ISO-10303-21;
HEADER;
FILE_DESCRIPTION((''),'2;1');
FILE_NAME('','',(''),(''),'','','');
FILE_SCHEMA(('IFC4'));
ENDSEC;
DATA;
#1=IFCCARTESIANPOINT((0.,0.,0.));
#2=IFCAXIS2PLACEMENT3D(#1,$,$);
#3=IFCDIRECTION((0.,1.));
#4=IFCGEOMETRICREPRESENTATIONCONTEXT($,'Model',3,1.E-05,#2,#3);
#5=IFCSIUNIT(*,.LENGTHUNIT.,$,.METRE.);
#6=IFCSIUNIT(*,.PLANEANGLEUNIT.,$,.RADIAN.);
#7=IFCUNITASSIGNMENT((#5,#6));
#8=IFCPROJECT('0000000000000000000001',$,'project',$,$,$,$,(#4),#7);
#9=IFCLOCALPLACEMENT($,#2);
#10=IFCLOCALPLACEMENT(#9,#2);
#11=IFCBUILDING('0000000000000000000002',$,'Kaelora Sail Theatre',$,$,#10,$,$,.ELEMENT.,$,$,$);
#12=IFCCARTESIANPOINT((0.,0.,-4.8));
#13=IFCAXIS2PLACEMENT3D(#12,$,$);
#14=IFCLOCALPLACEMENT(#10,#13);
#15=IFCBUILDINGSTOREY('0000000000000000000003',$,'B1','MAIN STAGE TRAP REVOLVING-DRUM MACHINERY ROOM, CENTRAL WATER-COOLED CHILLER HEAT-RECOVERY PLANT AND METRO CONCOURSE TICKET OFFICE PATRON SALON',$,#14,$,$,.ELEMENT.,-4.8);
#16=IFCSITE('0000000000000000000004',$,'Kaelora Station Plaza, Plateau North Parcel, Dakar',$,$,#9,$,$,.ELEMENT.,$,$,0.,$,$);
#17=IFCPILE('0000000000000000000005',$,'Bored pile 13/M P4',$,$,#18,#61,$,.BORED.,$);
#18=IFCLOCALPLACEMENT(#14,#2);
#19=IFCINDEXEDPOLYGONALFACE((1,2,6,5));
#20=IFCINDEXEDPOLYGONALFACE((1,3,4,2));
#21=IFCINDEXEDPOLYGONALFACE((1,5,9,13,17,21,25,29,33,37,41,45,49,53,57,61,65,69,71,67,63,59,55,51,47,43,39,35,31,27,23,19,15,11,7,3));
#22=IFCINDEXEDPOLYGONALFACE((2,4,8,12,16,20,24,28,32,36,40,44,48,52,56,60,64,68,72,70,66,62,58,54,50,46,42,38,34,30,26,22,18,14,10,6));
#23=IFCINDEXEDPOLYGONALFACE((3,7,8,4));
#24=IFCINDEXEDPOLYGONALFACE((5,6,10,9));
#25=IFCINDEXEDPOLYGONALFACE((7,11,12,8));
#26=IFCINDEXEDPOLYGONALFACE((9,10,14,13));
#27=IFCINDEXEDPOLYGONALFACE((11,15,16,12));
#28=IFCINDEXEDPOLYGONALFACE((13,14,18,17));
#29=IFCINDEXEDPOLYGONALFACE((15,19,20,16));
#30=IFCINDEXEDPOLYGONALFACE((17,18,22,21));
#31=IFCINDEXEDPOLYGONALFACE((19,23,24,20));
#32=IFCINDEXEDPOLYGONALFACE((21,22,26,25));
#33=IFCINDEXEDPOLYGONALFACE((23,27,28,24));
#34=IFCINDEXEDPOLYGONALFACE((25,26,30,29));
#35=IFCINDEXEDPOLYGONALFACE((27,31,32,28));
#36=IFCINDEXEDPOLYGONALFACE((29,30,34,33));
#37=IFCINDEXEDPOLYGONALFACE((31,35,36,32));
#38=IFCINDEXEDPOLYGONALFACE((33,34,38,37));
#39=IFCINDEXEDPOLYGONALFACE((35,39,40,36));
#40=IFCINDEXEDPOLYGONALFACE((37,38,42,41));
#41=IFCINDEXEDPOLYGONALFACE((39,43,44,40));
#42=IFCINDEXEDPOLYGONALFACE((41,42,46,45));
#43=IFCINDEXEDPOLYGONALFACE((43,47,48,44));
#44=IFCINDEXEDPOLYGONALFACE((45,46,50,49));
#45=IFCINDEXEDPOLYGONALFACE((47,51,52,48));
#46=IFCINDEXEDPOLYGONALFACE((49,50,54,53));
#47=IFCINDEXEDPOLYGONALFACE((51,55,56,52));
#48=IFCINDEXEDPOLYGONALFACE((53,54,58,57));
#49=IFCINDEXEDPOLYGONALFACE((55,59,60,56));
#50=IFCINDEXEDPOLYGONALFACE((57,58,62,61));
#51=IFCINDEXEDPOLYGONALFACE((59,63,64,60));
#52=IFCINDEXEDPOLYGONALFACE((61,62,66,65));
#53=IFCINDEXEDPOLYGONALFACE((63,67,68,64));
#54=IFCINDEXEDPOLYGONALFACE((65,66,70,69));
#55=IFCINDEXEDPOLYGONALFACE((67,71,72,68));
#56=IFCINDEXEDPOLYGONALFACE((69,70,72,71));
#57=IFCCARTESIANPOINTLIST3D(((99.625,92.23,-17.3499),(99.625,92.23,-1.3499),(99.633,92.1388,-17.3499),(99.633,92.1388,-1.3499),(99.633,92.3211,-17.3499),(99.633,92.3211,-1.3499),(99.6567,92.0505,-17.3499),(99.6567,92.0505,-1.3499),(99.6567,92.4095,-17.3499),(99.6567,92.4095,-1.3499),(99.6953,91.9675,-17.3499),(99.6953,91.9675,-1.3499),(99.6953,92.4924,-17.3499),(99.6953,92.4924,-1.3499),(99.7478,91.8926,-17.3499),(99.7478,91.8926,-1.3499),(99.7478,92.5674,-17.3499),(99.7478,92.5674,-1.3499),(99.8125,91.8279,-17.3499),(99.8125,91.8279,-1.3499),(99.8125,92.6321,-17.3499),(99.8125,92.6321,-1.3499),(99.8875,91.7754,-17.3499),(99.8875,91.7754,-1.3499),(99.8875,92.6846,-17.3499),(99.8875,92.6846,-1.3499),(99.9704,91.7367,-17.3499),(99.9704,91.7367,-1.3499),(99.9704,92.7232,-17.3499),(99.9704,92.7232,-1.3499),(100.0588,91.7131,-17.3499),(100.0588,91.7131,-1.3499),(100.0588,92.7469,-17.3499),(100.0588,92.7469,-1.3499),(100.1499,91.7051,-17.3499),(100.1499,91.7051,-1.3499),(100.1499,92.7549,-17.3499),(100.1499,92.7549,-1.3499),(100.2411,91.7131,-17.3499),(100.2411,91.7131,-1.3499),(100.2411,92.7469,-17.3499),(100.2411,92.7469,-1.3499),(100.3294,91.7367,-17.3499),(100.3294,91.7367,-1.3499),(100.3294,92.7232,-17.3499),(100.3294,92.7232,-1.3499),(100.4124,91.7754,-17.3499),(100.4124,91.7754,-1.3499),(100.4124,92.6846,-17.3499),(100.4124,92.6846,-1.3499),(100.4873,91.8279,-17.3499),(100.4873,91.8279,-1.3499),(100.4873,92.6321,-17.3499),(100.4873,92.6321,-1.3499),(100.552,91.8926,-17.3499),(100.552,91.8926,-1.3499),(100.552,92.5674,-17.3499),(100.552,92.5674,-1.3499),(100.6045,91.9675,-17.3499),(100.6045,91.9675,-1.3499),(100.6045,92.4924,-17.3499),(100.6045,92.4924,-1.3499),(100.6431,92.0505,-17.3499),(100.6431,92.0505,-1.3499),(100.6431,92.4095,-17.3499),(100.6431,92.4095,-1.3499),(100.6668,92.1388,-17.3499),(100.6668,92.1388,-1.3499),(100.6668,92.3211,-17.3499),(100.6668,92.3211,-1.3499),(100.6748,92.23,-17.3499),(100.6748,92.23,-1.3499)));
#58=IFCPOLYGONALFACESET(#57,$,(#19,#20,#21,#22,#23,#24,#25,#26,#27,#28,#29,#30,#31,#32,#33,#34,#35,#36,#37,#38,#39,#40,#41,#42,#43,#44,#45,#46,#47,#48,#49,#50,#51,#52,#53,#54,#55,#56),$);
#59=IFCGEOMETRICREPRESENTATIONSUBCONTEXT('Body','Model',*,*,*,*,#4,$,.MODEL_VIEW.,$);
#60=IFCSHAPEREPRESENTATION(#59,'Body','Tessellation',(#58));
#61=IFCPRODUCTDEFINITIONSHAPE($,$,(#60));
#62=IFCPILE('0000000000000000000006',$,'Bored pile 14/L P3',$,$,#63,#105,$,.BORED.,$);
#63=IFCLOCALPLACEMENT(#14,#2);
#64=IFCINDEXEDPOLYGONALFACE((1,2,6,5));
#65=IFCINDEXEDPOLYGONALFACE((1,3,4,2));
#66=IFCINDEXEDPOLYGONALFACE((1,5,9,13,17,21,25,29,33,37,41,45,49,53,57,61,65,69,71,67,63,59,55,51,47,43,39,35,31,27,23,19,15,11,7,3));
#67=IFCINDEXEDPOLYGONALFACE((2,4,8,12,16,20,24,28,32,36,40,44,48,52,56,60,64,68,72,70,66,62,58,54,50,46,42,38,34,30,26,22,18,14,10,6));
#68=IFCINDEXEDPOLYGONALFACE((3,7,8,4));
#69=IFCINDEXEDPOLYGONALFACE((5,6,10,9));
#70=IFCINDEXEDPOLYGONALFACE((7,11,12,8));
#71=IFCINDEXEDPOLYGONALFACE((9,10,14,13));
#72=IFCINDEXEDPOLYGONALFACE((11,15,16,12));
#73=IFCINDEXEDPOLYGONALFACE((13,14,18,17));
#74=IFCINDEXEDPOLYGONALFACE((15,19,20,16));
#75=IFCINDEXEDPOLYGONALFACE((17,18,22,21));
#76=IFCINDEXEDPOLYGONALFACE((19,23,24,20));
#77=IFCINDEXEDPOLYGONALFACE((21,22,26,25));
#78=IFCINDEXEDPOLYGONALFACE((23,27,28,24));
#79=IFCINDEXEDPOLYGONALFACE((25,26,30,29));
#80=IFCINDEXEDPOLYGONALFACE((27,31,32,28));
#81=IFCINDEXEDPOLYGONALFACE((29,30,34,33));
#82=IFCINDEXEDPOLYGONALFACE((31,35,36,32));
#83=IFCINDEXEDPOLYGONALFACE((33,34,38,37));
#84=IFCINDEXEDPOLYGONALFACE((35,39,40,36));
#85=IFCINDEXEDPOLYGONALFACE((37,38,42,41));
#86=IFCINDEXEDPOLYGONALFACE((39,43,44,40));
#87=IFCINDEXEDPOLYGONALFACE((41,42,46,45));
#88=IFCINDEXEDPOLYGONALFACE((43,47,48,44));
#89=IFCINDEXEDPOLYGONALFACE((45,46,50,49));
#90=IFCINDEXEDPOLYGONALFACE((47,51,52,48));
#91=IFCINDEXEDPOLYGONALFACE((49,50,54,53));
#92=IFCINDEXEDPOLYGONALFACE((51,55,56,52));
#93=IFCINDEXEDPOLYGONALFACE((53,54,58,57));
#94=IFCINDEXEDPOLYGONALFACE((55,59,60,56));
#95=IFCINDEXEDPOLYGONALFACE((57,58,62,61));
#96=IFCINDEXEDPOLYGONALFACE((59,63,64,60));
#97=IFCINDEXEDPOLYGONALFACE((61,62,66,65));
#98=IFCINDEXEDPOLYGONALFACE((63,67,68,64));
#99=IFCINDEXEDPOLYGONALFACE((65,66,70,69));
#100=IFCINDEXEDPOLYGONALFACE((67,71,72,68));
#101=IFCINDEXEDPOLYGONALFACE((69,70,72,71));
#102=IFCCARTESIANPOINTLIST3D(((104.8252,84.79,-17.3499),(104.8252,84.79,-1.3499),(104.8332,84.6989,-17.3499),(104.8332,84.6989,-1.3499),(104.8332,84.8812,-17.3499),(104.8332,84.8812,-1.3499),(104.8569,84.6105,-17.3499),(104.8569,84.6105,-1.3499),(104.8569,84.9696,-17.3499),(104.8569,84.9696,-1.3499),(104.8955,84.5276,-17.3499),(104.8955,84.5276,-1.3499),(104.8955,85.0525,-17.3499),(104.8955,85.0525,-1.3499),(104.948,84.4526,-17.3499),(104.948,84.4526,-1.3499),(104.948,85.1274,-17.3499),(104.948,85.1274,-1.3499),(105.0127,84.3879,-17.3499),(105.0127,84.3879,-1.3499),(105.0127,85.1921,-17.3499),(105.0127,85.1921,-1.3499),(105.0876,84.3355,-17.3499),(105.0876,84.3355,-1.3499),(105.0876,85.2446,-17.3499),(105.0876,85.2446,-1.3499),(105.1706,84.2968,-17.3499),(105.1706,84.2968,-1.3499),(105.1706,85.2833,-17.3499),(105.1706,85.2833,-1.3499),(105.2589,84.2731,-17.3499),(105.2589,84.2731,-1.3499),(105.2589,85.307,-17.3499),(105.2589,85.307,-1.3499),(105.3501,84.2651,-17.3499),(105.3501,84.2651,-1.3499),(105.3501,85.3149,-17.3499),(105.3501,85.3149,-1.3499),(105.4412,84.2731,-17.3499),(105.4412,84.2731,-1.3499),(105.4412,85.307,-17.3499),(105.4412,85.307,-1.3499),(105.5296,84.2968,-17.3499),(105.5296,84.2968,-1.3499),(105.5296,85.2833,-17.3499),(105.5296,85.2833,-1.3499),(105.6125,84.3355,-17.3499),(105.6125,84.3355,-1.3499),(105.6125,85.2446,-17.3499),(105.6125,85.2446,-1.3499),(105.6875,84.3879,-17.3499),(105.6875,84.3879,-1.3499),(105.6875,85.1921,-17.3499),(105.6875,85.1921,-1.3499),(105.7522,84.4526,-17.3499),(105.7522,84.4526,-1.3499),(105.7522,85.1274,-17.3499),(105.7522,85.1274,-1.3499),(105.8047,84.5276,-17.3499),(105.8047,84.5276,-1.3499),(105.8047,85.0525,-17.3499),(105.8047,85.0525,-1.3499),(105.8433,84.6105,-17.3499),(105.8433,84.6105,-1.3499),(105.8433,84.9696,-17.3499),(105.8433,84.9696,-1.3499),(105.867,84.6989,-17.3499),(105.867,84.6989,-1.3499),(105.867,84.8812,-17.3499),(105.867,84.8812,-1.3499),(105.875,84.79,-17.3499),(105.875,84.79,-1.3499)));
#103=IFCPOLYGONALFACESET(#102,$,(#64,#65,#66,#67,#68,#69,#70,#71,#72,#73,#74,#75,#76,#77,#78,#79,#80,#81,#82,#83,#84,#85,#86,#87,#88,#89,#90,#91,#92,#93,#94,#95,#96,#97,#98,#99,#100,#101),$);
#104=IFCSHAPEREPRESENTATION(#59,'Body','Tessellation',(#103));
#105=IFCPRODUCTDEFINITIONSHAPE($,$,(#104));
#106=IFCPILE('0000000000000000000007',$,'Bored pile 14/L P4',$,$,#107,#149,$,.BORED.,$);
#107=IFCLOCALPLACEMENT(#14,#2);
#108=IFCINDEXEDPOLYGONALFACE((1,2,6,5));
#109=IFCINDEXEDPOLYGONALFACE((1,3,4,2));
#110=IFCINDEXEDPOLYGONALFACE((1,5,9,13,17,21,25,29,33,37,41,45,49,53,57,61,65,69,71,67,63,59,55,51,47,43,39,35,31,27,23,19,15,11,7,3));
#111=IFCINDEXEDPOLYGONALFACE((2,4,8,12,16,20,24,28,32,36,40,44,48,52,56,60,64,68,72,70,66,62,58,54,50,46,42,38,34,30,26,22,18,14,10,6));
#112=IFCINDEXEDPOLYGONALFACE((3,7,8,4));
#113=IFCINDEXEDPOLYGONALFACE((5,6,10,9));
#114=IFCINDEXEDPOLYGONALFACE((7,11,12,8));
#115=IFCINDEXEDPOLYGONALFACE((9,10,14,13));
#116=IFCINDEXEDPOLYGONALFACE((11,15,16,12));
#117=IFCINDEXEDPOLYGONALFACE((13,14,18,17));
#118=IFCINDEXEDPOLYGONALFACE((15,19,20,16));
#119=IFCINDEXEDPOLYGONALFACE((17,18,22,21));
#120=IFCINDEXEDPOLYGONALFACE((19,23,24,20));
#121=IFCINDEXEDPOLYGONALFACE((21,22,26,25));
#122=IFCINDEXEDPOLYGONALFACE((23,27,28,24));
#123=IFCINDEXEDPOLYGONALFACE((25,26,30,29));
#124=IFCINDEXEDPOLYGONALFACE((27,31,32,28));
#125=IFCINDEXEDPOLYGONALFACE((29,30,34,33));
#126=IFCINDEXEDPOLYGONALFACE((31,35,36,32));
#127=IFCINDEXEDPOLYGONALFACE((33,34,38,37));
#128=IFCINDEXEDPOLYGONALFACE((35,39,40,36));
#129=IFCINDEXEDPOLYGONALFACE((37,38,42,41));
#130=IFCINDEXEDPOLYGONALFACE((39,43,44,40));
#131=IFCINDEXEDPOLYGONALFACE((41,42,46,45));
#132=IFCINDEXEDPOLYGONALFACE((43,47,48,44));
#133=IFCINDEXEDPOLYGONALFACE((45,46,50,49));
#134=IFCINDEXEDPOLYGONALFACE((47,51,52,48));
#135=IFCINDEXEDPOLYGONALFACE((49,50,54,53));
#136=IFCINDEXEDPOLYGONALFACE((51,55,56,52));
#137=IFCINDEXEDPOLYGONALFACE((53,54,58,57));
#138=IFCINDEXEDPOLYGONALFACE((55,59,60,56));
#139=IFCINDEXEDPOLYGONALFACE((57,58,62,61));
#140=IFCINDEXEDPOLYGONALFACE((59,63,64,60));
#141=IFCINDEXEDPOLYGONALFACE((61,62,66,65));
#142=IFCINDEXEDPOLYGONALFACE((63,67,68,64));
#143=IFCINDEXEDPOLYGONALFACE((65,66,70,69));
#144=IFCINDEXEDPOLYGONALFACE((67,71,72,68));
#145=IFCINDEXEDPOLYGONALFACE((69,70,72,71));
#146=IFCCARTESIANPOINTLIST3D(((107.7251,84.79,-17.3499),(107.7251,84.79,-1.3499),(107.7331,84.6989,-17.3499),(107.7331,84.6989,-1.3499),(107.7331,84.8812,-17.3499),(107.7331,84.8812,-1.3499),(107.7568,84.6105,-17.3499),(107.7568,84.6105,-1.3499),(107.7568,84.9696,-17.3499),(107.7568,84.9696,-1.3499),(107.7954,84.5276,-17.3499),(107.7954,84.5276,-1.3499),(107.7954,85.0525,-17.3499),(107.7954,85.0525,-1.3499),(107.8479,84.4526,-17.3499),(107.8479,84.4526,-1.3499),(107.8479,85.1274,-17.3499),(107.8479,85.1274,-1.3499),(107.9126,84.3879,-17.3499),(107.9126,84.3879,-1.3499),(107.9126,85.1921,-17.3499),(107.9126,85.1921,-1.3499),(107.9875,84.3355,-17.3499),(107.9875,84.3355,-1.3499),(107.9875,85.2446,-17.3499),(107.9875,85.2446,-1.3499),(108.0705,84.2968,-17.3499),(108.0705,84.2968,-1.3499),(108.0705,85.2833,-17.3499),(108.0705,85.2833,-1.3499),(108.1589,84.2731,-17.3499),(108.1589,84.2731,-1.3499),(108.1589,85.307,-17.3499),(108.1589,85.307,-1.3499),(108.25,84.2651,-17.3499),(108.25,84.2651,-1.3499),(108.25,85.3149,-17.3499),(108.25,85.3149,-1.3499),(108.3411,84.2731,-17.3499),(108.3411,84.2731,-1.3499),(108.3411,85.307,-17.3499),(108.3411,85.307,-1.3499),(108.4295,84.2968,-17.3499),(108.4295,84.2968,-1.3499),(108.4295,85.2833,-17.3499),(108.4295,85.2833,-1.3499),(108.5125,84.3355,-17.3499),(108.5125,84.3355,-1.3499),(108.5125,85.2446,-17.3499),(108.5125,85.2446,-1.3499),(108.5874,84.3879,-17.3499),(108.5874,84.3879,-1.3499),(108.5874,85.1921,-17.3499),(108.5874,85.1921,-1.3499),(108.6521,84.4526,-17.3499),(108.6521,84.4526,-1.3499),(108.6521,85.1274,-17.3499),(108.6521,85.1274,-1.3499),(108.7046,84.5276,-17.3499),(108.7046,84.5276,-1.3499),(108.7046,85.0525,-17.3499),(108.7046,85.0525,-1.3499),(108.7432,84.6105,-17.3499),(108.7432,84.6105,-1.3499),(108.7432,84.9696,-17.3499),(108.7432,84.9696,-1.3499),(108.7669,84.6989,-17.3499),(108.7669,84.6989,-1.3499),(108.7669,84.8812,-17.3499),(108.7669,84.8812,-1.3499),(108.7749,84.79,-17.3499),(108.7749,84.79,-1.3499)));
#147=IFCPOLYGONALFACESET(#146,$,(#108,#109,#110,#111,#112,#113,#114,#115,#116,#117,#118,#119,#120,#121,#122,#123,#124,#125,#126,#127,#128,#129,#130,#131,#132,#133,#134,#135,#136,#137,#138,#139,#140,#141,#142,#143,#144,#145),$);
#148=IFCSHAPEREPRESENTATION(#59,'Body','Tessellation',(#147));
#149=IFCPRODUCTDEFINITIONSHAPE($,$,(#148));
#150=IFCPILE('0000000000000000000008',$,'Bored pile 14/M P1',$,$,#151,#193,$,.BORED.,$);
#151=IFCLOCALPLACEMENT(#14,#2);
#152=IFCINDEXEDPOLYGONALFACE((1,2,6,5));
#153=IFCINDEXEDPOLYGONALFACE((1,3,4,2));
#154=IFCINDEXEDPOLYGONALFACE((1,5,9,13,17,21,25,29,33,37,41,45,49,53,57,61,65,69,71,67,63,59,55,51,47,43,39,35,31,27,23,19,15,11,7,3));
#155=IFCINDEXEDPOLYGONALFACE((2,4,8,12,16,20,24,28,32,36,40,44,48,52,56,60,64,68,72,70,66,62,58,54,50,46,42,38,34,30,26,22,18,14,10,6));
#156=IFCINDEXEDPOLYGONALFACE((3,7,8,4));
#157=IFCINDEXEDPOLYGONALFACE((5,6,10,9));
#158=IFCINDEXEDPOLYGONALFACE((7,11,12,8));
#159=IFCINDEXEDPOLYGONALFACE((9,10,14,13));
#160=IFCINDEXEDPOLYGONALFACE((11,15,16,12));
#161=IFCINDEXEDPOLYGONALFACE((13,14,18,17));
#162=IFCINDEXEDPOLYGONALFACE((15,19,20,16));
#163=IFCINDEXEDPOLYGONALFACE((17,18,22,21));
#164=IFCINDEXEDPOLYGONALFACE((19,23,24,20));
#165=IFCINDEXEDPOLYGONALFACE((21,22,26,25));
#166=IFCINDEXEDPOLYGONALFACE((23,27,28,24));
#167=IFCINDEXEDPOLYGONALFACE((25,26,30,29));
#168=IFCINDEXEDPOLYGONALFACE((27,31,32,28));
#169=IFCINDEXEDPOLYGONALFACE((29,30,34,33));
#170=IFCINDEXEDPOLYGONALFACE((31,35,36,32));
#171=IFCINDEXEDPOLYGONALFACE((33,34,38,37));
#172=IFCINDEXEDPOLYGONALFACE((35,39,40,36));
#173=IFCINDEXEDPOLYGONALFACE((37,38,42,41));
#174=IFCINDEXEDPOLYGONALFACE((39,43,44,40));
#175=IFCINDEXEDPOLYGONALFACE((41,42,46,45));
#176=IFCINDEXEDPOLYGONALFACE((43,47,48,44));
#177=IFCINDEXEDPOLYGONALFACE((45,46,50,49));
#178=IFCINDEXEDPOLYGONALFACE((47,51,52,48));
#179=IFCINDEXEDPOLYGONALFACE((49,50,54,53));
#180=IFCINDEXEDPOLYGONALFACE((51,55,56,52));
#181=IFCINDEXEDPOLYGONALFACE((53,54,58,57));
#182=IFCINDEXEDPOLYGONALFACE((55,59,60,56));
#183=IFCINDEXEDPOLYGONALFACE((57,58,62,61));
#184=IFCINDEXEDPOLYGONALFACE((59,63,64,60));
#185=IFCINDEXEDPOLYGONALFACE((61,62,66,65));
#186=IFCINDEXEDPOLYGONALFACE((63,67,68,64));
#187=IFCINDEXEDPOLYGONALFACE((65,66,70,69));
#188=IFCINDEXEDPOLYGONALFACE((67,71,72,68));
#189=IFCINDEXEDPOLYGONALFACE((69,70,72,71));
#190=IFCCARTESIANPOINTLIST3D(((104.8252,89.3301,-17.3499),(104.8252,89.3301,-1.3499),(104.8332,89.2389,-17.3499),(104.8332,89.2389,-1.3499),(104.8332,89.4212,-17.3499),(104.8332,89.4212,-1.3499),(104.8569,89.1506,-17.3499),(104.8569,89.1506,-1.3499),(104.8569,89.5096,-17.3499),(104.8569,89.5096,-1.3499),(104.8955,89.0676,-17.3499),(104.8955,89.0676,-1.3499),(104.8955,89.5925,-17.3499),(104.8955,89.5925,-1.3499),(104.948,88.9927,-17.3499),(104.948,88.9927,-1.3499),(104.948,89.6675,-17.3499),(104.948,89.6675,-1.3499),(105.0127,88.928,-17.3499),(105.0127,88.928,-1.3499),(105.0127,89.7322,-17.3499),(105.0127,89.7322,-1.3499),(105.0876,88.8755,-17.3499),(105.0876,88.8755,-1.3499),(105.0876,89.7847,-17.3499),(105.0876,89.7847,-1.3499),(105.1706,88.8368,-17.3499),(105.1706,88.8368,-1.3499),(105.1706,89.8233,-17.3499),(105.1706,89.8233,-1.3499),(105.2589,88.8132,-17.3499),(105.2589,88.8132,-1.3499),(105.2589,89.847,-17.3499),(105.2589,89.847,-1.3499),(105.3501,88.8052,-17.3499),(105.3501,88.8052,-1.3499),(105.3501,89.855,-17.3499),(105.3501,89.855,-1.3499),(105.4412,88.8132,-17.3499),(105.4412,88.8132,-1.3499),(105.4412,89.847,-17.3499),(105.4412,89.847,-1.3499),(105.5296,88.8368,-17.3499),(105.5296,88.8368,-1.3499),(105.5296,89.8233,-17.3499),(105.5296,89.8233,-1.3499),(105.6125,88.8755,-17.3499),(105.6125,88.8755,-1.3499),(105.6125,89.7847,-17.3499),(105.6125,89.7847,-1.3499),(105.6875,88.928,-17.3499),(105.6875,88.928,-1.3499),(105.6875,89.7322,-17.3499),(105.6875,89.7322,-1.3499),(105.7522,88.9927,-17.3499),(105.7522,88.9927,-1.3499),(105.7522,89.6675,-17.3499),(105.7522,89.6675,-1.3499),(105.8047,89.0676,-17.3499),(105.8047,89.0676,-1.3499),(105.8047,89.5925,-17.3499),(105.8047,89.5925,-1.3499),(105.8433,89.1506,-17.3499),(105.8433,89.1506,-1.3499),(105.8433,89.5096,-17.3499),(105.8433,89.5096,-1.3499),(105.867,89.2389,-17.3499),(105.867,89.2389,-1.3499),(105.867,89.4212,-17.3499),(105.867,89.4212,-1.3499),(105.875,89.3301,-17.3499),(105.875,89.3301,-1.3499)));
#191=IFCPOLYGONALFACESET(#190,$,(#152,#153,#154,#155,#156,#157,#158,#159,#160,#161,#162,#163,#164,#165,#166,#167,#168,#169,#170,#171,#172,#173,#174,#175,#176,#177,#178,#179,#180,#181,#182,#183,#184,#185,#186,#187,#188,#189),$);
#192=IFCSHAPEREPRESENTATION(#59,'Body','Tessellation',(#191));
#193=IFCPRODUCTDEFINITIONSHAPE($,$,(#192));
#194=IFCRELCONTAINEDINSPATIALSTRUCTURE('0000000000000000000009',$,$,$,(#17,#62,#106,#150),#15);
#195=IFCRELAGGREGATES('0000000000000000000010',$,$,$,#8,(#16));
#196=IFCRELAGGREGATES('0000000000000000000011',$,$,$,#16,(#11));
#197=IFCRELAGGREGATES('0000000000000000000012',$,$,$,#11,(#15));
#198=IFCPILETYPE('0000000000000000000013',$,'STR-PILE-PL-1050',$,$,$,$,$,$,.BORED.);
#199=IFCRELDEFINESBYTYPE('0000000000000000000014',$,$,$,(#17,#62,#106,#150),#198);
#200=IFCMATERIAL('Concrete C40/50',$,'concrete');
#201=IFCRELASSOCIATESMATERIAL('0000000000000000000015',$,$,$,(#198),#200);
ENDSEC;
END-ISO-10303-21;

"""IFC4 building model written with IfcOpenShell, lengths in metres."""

from ifc_helpers import new_model, si_unit, direction, frame, origin, origin_2d, place, context, subcontext, project, spatial, circle, extrude, material, material_profile, profile_set, type_object, element, save


model = new_model("IFC4")

# Units and contexts
model_context = context("Model", 3, precision=1e-05, world=origin(), true_north=direction((0.0, 1.0)))
body_context = subcontext(model_context, "Body", "Model", "MODEL_VIEW")
ifc_project = project(units=[si_unit("LENGTHUNIT", "METRE"), si_unit("PLANEANGLEUNIT", "RADIAN")], contexts=[model_context])

# Site, building, storey
site_placement = place(None, origin())
site = spatial("IfcSite", under=ifc_project, at=site_placement, Name="Kaelora Station Plaza, Plateau North Parcel, Dakar", CompositionType="ELEMENT", RefElevation=0.0)
building_placement = place(site_placement, origin())
building = spatial("IfcBuilding", under=site, at=building_placement, Name="Kaelora Sail Theatre", CompositionType="ELEMENT")
storey_placement = place(building_placement, frame((0.0, 0.0, -4.8)))
storey = spatial("IfcBuildingStorey", under=building, at=storey_placement, Name="B1", Description="MAIN STAGE TRAP REVOLVING-DRUM MACHINERY ROOM, CENTRAL WATER-COOLED CHILLER HEAT-RECOVERY PLANT AND METRO CONCOURSE TICKET OFFICE PATRON SALON", CompositionType="ELEMENT", Elevation=-4.8)

# Piles
ifc_material_1 = material(Name="Concrete C40/50", Category="concrete")
ifc_material_profile_1 = material_profile(ifc_material_1, circle(Radius=0.5249, at=origin_2d()), Name="PILE D1050")
ifc_profile_set_1 = profile_set([ifc_material_profile_1], Name="Concrete C40/50")
pile_type = type_object("IfcPileType", Name="STR-PILE-PL-1050", PredefinedType="BORED", material=ifc_profile_set_1)
for number, where, z_axis, x_axis, name in (
    (1, (100.1499, 92.23, -1.3499), (0.0, 0.0, -1.0), (1.0, 0.0, 0.0), "Bored pile 13/M P4"),
    (2, (105.3501, 84.79, -1.3499), (0.0, 0.0, -1.0), (1.0, 0.0, 0.0), "Bored pile 14/L P3"),
    (3, (108.25, 84.79, -1.3499), (0.0, 0.0, -1.0), (1.0, 0.0, 0.0), "Bored pile 14/L P4"),
    (4, (105.3501, 89.3301, -1.3499), (0.0, 0.0, -1.0), (1.0, 0.0, 0.0), "Bored pile 14/M P1"),
):
    element("IfcPile", number, at=place(storey_placement, frame(where, z_axis=z_axis, x_axis=x_axis)), inside=storey, type_object=pile_type, Name=name, PredefinedType="BORED", context=body_context, shape_type="SweptSolid", body=[
        extrude(circle(Radius=0.5249, at=origin_2d()), origin(), (0.0, 0.0, 1.0), 16.0),
    ])

save(model, "model.ifc")
